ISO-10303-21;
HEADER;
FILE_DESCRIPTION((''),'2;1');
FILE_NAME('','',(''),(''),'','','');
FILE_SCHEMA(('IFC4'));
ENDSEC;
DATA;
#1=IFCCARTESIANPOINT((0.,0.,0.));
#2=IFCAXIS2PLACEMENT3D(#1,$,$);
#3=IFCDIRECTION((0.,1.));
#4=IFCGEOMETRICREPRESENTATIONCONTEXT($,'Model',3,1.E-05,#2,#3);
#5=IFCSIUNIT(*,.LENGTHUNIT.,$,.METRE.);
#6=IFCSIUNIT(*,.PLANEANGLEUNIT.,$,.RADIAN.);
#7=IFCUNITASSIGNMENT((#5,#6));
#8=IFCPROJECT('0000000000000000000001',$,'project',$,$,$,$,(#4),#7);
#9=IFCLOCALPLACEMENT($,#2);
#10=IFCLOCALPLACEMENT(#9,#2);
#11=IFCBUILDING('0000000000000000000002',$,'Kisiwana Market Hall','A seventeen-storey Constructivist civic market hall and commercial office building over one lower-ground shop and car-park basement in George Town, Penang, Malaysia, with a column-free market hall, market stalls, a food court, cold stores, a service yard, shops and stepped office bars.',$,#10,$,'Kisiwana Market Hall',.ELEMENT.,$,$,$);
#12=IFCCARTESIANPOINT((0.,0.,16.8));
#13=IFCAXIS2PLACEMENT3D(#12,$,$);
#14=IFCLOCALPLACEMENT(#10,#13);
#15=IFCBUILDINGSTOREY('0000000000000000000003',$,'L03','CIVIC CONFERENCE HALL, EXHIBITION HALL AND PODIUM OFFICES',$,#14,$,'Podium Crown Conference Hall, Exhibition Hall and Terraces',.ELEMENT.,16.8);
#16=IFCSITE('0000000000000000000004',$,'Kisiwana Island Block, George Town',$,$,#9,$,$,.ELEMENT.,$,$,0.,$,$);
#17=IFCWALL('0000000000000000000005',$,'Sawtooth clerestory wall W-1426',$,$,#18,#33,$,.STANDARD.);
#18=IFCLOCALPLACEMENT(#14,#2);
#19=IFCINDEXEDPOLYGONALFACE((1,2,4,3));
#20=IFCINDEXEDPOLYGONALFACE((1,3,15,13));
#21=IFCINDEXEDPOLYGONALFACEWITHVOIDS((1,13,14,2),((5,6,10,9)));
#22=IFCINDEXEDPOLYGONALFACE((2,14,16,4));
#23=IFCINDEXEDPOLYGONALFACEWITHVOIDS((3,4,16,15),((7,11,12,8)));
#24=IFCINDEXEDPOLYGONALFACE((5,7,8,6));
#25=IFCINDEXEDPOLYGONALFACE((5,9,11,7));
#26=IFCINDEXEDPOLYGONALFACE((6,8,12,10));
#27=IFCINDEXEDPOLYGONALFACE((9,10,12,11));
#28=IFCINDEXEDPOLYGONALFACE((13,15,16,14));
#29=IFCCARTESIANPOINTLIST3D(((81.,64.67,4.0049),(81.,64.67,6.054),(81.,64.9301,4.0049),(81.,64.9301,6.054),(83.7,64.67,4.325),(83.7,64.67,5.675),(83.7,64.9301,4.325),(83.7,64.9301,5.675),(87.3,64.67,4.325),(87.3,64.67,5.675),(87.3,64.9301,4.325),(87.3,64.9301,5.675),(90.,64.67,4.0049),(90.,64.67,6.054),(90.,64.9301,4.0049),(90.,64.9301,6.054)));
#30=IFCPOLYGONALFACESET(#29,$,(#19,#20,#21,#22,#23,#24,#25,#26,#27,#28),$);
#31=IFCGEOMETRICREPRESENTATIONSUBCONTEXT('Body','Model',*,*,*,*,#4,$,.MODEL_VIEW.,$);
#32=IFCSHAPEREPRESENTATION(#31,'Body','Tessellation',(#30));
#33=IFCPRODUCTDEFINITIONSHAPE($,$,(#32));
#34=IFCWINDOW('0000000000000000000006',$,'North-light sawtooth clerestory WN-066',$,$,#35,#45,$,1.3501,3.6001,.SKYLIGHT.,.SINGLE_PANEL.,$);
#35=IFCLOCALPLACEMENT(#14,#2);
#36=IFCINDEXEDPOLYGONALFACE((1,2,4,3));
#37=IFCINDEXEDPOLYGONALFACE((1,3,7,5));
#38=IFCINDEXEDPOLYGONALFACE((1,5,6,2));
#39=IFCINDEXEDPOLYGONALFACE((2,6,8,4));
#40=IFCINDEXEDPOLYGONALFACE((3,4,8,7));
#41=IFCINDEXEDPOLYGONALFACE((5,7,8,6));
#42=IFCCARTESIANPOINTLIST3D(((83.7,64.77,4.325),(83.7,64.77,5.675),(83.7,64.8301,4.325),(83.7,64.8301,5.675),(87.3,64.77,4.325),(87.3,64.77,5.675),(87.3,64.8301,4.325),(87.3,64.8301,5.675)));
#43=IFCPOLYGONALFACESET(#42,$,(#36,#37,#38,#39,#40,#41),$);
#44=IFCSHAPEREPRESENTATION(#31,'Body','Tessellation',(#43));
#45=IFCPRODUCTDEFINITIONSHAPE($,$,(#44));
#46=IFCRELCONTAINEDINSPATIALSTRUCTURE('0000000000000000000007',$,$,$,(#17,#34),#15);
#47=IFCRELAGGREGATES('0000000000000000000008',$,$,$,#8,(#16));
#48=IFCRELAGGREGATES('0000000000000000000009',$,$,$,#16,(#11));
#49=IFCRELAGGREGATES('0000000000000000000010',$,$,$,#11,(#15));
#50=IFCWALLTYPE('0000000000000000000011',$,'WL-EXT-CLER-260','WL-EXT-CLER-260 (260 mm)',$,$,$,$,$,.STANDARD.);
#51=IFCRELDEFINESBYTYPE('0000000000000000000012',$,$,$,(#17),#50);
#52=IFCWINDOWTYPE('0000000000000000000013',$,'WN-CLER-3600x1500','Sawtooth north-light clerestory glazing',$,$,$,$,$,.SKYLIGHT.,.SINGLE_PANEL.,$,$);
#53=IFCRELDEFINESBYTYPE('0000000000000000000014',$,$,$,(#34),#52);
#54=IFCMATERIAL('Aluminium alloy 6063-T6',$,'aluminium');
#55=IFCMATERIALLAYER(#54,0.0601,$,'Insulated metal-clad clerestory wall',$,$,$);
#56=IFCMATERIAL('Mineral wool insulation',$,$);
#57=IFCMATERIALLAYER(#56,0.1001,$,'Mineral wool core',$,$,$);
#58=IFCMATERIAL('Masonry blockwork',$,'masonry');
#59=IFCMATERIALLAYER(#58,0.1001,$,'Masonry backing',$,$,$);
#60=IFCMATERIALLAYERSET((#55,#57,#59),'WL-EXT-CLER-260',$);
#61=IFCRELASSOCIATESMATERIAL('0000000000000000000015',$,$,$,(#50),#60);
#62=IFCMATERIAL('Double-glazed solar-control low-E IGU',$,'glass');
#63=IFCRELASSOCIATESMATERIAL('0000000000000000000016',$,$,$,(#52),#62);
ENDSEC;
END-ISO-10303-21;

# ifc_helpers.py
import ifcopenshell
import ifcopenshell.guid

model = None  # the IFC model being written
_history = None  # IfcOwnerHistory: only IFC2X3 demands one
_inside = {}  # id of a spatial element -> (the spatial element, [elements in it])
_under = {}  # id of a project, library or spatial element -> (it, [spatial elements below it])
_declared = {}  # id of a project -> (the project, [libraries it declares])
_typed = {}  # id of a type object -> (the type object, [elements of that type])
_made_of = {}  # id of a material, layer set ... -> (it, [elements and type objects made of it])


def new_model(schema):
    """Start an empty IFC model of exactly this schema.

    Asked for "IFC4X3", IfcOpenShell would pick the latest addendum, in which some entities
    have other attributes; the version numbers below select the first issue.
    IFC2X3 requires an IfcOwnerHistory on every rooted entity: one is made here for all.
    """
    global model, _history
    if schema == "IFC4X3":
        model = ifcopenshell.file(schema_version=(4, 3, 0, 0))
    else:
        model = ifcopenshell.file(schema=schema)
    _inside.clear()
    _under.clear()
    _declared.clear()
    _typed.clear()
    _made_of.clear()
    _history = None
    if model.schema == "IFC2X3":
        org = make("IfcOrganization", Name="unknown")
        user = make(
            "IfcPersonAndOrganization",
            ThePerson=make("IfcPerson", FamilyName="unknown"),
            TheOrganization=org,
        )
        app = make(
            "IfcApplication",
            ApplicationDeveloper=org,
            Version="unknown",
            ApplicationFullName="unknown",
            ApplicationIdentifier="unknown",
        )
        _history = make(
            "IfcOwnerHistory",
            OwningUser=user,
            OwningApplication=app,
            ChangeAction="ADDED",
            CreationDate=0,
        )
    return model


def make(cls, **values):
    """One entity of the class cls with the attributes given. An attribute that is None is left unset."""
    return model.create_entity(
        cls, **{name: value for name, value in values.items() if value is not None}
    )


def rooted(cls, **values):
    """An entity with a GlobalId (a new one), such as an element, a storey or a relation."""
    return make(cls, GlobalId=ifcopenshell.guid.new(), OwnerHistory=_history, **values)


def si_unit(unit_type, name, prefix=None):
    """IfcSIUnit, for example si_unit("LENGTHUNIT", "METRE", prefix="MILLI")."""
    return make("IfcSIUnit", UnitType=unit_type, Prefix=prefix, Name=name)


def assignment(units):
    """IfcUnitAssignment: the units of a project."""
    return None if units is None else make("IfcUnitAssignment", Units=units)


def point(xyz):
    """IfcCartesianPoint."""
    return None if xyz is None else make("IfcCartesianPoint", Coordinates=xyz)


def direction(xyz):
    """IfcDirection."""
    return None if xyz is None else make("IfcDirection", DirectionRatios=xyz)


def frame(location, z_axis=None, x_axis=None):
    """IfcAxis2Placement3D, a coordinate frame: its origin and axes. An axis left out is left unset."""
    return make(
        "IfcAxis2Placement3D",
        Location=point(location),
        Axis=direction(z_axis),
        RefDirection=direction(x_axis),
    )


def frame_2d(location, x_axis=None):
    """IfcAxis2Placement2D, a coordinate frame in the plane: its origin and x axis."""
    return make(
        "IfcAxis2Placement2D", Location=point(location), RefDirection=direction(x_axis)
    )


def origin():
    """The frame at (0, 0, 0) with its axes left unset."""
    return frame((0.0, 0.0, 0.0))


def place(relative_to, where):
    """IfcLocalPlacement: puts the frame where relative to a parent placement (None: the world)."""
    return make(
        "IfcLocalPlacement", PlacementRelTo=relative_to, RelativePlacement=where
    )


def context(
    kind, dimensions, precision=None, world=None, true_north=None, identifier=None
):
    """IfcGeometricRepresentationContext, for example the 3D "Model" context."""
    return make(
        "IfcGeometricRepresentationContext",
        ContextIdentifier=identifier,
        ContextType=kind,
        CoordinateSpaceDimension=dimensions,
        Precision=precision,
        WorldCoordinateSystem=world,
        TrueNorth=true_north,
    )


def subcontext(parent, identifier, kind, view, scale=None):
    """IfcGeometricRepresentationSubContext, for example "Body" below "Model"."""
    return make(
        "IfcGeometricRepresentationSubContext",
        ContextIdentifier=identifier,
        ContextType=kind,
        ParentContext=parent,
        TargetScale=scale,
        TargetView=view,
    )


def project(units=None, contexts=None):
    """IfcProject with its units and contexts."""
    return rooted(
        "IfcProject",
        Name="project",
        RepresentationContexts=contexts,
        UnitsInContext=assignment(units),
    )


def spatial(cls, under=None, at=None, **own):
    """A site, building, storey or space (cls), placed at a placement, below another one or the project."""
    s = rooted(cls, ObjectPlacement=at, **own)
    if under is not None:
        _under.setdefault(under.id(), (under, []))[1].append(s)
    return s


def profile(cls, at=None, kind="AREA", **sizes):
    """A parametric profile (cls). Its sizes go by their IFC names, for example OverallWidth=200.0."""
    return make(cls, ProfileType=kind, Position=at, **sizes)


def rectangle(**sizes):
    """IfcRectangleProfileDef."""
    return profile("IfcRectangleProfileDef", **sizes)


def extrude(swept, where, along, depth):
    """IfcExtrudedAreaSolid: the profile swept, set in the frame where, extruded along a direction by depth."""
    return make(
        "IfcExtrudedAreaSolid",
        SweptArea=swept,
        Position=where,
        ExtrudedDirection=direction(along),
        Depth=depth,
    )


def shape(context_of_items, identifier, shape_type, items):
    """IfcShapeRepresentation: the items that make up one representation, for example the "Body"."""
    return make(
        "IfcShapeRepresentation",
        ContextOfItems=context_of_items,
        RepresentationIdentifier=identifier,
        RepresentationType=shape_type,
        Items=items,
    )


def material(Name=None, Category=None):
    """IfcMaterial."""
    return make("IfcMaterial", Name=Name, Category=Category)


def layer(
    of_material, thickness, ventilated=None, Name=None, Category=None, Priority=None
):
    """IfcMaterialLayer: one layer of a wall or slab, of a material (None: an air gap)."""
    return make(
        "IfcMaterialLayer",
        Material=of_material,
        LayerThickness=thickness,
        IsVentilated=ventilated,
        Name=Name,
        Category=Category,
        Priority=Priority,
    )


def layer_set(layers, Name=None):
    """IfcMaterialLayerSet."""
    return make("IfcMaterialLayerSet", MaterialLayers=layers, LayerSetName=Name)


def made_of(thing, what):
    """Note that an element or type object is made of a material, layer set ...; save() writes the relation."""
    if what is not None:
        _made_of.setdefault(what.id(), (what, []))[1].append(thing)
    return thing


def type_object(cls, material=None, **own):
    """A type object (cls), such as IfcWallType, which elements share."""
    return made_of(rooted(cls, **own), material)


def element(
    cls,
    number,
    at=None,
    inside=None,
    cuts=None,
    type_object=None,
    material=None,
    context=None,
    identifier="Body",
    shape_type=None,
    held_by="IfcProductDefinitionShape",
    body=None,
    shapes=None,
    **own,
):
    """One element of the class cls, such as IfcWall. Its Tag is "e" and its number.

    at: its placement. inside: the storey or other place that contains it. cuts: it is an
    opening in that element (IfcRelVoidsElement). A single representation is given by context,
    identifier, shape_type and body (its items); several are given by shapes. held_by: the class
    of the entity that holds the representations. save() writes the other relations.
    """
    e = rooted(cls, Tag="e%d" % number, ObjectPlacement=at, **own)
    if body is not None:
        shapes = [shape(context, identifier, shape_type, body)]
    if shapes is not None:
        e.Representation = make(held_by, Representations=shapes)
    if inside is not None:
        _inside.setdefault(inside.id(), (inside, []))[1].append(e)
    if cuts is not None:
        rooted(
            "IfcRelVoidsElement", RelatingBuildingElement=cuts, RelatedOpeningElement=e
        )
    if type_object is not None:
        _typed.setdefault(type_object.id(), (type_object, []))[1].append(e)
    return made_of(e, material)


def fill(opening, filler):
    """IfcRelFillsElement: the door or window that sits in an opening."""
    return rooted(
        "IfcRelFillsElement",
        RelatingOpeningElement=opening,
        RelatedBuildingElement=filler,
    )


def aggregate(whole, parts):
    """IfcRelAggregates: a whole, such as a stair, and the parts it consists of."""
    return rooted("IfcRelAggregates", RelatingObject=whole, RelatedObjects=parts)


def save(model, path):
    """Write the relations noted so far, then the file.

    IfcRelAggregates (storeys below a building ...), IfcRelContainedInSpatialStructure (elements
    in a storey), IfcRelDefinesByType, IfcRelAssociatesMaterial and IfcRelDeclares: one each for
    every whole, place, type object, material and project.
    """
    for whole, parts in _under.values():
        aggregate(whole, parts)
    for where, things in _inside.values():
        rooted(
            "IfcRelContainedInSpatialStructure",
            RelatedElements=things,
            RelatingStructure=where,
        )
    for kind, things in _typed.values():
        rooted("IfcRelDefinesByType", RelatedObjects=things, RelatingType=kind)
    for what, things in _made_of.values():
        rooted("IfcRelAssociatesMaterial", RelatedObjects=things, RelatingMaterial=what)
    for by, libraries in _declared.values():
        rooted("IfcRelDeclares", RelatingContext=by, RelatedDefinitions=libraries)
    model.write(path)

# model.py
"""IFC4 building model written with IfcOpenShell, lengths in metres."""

from ifc_helpers import new_model, si_unit, direction, frame, frame_2d, origin, place, context, subcontext, project, spatial, rectangle, extrude, material, layer, layer_set, type_object, element, fill, save


model = new_model("IFC4")

# Units and contexts
model_context = context("Model", 3, precision=1e-05, world=origin(), true_north=direction((0.0, 1.0)))
body_context = subcontext(model_context, "Body", "Model", "MODEL_VIEW")
ifc_project = project(units=[si_unit("LENGTHUNIT", "METRE"), si_unit("PLANEANGLEUNIT", "RADIAN")], contexts=[model_context])

# Site, building, storey
site_placement = place(None, origin())
site = spatial("IfcSite", under=ifc_project, at=site_placement, Name="Kisiwana Island Block, George Town", CompositionType="ELEMENT", RefElevation=0.0)
building_placement = place(site_placement, origin())
building = spatial("IfcBuilding", under=site, at=building_placement, Name="Kisiwana Market Hall", Description="A seventeen-storey Constructivist civic market hall and commercial office building over one lower-ground shop and car-park basement in George Town, Penang, Malaysia, with a column-free market hall, market stalls, a food court, cold stores, a service yard, shops and stepped office bars.", LongName="Kisiwana Market Hall", CompositionType="ELEMENT")
storey_placement = place(building_placement, frame((0.0, 0.0, 16.8)))
storey = spatial("IfcBuildingStorey", under=building, at=storey_placement, Name="L03", Description="CIVIC CONFERENCE HALL, EXHIBITION HALL AND PODIUM OFFICES", LongName="Podium Crown Conference Hall, Exhibition Hall and Terraces", CompositionType="ELEMENT", Elevation=16.8)

# Wall, opening, window
ifc_material_1 = material(Name="Aluminium alloy 6063-T6", Category="aluminium")
ifc_layer_1 = layer(ifc_material_1, 0.0601, Name="Insulated metal-clad clerestory wall")
ifc_material_2 = material(Name="Mineral wool insulation")
ifc_layer_2 = layer(ifc_material_2, 0.1001, Name="Mineral wool core")
ifc_material_3 = material(Name="Masonry blockwork", Category="masonry")
ifc_layer_3 = layer(ifc_material_3, 0.1001, Name="Masonry backing")
ifc_layer_set_1 = layer_set([ifc_layer_1, ifc_layer_2, ifc_layer_3], Name="WL-EXT-CLER-260")
wall_type = type_object("IfcWallType", Name="WL-EXT-CLER-260", Description="WL-EXT-CLER-260 (260 mm)", PredefinedType="STANDARD", material=ifc_layer_set_1)
wall_placement = place(storey_placement, frame((81.0, 64.8, 4.0049), z_axis=(0.0, 0.0, 1.0), x_axis=(1.0, 0.0, 0.0)))
wall = element("IfcWall", 1, at=wall_placement, inside=storey, type_object=wall_type, Name="Sawtooth clerestory wall W-1426", PredefinedType="STANDARD", context=body_context, shape_type="SweptSolid", body=[
    extrude(rectangle(XDim=9.0, YDim=0.26, at=frame_2d((4.5, 0.0))), origin(), (0.0, 0.0, 1.0), 2.0491),
])
opening_placement = place(wall_placement, frame((2.7, 0.0, 0.3201)))
opening = element("IfcOpeningElement", 2, at=opening_placement, cuts=wall, PredefinedType="OPENING", context=body_context, shape_type="SweptSolid", body=[
    extrude(rectangle(XDim=3.6001, YDim=1.3501, at=frame_2d((1.8, 0.675))), frame((0.0, 0.1421, 0.0), z_axis=(0.0, -1.0, 0.0), x_axis=(1.0, 0.0, 0.0)), (0.0, 0.0, 1.0), 0.2839),
])
ifc_material_4 = material(Name="Double-glazed solar-control low-E IGU", Category="glass")
window_type = type_object("IfcWindowType", Name="WN-CLER-3600x1500", Description="Sawtooth north-light clerestory glazing", PartitioningType="SINGLE_PANEL", PredefinedType="SKYLIGHT", material=ifc_material_4)
window_placement = place(opening_placement, origin())
window = element("IfcWindow", 3, at=window_placement, inside=storey, type_object=window_type, Name="North-light sawtooth clerestory WN-066", OverallHeight=1.3501, OverallWidth=3.6001, PartitioningType="SINGLE_PANEL", PredefinedType="SKYLIGHT", context=body_context, shape_type="SweptSolid", body=[
    extrude(rectangle(XDim=3.6001, YDim=1.3501, at=frame_2d((1.8, 0.675))), frame((0.0, 0.03, 0.0), z_axis=(0.0, -1.0, 0.0), x_axis=(1.0, 0.0, 0.0)), (0.0, 0.0, 1.0), 0.0601),
])
fill(opening, window)

save(model, "model.ifc")
